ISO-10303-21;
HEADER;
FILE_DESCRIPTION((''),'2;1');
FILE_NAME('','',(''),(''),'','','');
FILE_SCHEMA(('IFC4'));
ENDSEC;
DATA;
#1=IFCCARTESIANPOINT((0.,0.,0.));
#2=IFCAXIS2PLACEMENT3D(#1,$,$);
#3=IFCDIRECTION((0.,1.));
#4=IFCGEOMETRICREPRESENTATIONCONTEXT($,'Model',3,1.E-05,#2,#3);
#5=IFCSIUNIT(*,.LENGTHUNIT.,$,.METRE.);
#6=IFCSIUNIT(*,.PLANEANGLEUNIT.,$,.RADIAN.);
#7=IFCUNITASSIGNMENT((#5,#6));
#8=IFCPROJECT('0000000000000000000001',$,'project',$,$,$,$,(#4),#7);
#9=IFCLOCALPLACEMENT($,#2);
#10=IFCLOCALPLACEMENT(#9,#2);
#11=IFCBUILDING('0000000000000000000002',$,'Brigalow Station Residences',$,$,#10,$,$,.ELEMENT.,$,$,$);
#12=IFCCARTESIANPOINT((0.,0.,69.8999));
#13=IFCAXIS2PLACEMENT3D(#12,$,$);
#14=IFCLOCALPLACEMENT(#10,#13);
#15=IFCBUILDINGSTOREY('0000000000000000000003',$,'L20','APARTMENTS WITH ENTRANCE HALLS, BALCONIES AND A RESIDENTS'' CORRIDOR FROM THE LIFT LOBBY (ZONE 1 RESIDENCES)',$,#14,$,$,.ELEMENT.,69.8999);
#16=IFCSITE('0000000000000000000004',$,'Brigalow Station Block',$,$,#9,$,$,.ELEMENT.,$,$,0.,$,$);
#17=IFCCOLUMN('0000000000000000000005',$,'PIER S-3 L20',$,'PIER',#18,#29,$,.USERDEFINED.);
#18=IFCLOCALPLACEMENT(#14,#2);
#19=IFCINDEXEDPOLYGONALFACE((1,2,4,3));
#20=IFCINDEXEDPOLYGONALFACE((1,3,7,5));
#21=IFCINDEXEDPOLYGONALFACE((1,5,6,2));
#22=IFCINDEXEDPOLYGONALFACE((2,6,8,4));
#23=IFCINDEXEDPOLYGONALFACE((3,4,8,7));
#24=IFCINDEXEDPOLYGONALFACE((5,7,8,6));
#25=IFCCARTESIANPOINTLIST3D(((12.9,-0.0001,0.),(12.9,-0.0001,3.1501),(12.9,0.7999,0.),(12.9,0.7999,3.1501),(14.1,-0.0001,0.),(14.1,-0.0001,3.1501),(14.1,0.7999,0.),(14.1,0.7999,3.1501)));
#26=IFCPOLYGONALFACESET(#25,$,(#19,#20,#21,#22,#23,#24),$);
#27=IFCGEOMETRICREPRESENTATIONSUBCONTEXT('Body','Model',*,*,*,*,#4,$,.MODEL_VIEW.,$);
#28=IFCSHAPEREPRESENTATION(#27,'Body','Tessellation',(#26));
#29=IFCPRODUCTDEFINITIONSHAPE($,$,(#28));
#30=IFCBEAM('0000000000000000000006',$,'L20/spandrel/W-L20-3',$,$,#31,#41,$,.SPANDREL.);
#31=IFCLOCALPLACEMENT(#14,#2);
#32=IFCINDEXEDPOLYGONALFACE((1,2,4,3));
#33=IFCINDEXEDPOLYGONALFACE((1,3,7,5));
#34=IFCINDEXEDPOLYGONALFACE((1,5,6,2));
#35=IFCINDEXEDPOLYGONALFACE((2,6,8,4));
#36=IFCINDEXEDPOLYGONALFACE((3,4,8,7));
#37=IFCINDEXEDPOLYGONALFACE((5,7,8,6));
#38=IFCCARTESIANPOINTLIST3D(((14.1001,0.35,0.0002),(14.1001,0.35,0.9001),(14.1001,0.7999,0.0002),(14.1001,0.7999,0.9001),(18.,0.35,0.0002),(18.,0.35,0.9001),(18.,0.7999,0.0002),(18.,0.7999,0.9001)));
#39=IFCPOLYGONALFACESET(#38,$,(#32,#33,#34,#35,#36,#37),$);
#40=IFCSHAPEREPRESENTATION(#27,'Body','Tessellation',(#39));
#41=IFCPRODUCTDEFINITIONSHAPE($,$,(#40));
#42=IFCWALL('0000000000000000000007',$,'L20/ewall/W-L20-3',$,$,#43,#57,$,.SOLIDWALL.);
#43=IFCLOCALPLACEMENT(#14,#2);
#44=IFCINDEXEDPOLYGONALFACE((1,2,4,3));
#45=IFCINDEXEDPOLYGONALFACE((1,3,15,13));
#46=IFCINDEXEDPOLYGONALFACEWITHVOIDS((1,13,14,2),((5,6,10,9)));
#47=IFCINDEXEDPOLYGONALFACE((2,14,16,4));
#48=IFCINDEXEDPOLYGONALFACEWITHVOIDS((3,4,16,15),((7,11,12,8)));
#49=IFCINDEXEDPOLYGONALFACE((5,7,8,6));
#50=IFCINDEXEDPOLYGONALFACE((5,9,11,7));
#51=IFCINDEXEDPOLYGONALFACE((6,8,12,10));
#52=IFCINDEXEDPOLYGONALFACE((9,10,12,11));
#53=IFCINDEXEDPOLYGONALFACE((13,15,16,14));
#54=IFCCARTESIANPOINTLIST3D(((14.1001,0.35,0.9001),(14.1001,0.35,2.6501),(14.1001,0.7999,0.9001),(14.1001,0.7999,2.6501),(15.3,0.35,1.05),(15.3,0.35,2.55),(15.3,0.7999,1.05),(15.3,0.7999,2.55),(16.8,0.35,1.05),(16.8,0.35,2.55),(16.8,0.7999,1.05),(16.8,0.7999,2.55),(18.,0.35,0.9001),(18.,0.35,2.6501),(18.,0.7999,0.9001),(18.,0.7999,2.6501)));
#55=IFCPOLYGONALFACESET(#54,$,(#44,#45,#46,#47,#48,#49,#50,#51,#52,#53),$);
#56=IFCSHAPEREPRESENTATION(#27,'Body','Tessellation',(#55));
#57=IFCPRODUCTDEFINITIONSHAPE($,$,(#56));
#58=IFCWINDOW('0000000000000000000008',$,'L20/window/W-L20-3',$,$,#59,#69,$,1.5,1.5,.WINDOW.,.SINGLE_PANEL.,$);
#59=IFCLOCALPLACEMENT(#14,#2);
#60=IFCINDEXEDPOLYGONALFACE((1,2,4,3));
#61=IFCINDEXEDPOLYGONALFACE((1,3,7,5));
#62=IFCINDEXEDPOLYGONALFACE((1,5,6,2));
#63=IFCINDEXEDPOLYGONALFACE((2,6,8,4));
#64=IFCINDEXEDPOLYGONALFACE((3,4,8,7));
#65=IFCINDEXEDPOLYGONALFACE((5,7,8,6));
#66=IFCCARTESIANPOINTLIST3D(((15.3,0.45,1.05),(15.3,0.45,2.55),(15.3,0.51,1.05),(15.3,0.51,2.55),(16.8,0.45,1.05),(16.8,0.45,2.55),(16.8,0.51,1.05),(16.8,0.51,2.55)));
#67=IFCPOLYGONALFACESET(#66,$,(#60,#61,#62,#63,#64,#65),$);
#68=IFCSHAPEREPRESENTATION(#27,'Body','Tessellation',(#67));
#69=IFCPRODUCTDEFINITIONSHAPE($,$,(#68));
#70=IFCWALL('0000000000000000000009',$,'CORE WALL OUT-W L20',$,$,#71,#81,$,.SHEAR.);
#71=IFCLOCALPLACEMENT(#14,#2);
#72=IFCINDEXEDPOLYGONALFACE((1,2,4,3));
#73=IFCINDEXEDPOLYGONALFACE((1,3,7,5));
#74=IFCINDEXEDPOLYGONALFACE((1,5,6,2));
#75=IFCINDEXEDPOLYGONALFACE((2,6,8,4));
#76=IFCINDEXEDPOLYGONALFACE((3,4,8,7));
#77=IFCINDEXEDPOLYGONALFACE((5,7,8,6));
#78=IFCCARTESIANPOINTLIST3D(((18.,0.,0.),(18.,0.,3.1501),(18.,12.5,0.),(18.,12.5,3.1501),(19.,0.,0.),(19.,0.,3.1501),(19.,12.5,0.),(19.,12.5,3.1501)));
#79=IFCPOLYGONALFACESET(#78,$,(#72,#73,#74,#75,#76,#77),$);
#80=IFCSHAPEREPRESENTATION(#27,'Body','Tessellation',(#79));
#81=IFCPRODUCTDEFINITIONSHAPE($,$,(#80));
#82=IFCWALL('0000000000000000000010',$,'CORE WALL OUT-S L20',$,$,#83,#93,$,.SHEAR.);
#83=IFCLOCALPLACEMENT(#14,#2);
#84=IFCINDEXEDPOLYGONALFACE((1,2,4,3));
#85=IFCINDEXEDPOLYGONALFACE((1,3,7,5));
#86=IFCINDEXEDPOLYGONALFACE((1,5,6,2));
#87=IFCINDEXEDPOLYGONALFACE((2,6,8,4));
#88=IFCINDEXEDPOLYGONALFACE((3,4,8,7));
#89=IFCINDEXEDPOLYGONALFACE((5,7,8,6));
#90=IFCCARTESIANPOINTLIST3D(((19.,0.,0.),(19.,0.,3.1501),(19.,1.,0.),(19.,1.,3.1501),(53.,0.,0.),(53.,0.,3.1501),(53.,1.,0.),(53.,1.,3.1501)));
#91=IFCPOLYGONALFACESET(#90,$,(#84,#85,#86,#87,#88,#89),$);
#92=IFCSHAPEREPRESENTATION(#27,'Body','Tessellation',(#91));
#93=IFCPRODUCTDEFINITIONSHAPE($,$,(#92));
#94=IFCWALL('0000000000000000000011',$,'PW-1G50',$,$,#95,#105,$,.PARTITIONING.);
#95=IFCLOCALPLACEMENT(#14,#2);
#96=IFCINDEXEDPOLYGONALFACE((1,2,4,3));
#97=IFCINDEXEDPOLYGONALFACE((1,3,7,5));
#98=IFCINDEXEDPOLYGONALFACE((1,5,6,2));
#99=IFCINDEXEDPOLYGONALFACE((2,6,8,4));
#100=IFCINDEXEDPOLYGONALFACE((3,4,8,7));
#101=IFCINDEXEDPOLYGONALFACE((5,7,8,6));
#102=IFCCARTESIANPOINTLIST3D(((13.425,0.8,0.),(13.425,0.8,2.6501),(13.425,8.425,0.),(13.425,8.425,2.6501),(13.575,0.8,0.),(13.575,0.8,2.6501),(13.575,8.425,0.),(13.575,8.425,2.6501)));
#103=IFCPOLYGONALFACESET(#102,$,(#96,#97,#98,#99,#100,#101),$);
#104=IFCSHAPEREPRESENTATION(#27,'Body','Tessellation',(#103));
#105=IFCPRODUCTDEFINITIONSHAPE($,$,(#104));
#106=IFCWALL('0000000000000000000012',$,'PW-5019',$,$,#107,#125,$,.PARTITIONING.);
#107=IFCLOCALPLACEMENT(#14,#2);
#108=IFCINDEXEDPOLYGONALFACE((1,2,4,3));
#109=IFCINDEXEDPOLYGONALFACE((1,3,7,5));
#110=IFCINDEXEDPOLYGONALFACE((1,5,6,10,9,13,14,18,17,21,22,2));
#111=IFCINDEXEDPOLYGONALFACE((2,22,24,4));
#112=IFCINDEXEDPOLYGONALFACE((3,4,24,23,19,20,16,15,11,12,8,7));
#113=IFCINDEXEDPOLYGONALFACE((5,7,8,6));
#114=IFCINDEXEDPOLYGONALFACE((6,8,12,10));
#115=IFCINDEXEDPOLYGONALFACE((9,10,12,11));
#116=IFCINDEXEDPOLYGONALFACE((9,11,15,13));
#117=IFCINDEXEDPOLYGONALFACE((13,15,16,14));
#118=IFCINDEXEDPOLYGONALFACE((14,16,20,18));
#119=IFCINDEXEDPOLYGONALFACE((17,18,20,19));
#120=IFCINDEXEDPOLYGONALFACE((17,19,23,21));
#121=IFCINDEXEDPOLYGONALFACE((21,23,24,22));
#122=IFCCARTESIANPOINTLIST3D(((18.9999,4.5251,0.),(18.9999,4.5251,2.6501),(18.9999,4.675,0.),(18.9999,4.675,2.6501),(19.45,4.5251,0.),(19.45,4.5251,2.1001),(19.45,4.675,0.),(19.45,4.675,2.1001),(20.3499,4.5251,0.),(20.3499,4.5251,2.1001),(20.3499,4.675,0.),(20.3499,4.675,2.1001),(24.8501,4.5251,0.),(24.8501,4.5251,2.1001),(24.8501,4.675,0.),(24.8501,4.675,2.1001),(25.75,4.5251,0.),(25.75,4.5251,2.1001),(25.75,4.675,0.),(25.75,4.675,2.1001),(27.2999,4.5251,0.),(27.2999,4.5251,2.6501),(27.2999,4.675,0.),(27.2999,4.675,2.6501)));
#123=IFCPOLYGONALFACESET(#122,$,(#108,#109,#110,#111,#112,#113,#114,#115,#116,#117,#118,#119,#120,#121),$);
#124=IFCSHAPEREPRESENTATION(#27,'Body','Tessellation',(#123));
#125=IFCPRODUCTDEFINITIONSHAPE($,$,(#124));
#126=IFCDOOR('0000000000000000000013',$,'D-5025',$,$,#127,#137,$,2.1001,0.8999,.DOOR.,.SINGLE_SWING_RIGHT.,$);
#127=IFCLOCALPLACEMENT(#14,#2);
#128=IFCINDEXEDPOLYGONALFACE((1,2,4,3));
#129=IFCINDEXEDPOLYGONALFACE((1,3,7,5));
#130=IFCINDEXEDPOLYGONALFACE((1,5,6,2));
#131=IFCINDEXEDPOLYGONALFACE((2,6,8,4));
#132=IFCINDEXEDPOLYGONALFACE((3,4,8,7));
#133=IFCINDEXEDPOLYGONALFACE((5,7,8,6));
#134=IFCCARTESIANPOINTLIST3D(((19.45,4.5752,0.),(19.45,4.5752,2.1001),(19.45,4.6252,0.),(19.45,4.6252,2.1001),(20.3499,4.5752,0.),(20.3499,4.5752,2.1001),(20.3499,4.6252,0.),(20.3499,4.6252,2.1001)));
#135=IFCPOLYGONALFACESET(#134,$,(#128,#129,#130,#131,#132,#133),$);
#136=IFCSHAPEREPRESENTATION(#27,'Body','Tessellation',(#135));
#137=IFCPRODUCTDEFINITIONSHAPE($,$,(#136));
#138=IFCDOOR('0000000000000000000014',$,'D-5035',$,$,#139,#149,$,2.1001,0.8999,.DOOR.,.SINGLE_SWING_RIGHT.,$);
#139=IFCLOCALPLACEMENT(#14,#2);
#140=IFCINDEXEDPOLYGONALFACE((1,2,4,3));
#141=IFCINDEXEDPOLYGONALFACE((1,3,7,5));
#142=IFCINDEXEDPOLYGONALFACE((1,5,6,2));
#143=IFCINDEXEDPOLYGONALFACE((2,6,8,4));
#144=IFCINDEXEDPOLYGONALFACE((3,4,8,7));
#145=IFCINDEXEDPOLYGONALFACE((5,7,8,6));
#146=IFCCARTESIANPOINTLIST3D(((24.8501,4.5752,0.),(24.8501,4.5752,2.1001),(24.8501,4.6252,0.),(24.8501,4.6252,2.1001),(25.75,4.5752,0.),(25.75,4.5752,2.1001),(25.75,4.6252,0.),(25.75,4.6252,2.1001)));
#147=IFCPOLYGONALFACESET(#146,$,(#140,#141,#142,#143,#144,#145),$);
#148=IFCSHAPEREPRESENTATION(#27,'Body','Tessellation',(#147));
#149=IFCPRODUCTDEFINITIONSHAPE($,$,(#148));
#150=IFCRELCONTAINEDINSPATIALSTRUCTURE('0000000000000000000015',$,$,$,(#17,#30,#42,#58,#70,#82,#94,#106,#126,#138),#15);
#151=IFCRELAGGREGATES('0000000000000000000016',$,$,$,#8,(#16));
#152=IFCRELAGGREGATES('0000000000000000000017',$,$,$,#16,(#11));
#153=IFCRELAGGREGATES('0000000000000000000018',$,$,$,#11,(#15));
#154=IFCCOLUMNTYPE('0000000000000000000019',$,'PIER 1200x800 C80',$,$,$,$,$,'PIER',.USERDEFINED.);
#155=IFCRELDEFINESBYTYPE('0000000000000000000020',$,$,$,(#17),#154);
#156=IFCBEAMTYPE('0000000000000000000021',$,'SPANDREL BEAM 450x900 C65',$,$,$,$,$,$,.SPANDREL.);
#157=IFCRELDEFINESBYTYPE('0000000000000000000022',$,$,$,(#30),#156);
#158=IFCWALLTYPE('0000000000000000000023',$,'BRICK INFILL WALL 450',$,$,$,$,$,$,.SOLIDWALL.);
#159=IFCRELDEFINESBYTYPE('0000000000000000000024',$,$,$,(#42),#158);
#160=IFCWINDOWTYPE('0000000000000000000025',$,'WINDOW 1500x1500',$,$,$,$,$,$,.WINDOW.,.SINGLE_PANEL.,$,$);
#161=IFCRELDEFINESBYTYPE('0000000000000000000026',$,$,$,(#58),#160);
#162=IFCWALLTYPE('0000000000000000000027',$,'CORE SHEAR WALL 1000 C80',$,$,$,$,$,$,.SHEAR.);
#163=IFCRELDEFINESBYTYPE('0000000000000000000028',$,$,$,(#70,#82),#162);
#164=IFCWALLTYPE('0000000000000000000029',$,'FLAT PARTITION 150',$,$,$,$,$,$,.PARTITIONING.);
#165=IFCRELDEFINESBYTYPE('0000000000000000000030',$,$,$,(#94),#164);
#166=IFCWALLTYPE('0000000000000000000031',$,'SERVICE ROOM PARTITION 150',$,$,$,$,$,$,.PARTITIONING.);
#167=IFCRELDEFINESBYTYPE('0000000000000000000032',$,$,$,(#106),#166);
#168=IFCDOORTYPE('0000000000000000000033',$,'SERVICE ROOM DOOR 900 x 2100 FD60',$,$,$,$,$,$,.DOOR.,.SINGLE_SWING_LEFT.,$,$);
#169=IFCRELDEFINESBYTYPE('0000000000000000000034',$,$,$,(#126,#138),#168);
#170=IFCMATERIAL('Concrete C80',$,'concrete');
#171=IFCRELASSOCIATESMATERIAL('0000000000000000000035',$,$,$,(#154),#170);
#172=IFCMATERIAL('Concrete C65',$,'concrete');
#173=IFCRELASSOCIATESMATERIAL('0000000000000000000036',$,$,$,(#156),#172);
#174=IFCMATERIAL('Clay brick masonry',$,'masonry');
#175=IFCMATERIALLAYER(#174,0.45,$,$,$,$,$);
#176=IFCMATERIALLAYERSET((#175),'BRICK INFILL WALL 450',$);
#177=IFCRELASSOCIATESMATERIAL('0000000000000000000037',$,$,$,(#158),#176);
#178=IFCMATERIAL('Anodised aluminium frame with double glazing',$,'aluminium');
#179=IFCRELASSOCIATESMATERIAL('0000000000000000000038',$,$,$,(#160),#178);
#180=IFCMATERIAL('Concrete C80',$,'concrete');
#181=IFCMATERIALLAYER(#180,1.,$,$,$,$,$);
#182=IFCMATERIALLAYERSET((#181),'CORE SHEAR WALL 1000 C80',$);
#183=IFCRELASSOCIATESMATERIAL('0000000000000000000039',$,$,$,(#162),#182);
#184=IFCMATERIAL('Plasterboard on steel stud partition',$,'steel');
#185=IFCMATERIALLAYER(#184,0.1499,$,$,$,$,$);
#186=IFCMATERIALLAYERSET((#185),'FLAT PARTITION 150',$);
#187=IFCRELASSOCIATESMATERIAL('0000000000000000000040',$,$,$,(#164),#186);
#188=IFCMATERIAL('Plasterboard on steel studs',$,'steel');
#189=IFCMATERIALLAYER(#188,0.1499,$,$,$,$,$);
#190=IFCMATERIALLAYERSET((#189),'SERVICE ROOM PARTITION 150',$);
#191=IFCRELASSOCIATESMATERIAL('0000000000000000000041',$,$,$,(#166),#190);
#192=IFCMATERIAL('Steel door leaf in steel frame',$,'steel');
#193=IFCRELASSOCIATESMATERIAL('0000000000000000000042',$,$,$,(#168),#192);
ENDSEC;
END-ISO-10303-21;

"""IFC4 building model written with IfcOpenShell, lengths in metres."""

from ifc_helpers import new_model, si_unit, direction, frame, frame_2d, origin, origin_2d, place, context, subcontext, project, spatial, rectangle, extrude, material, layer, layer_set, material_profile, profile_set, type_object, element, fill, save


model = new_model("IFC4")

# Units and contexts
model_context = context("Model", 3, precision=1e-05, world=origin(), true_north=direction((0.0, 1.0)))
body_context = subcontext(model_context, "Body", "Model", "MODEL_VIEW")
ifc_project = project(units=[si_unit("LENGTHUNIT", "METRE"), si_unit("PLANEANGLEUNIT", "RADIAN")], contexts=[model_context])

# Site, building, storey
site_placement = place(None, origin())
site = spatial("IfcSite", under=ifc_project, at=site_placement, Name="Brigalow Station Block", CompositionType="ELEMENT", RefElevation=0.0)
building_placement = place(site_placement, origin())
building = spatial("IfcBuilding", under=site, at=building_placement, Name="Brigalow Station Residences", CompositionType="ELEMENT")
storey_placement = place(building_placement, frame((0.0, 0.0, 69.8999)))
storey = spatial("IfcBuildingStorey", under=building, at=storey_placement, Name="L20", Description="APARTMENTS WITH ENTRANCE HALLS, BALCONIES AND A RESIDENTS' CORRIDOR FROM THE LIFT LOBBY (ZONE 1 RESIDENCES)", CompositionType="ELEMENT", Elevation=69.8999)

# Column
ifc_material_1 = material(Name="Concrete C80", Category="concrete")
ifc_material_profile_1 = material_profile(ifc_material_1, rectangle(XDim=1.2, YDim=0.8, at=origin_2d()), Name="RC1200x800")
ifc_profile_set_1 = profile_set([ifc_material_profile_1], Name="Concrete C80")
column_type = type_object("IfcColumnType", Name="PIER 1200x800 C80", ElementType="PIER", PredefinedType="USERDEFINED", material=ifc_profile_set_1)
column_placement = place(storey_placement, frame((13.5, 0.3999, 0.0), z_axis=(0.0, 0.0, 1.0), x_axis=(1.0, 0.0, 0.0)))
element("IfcColumn", 1, at=column_placement, inside=storey, type_object=column_type, Name="PIER S-3 L20", ObjectType="PIER", PredefinedType="USERDEFINED", context=body_context, shape_type="SweptSolid", body=[
    extrude(rectangle(XDim=1.2, YDim=0.8, at=origin_2d()), origin(), (0.0, 0.0, 1.0), 3.1501),
])

# Beam
ifc_material_2 = material(Name="Concrete C65", Category="concrete")
ifc_material_profile_2 = material_profile(ifc_material_2, rectangle(XDim=0.45, YDim=0.8999, at=origin_2d()), Name="RC450x900")
ifc_profile_set_2 = profile_set([ifc_material_profile_2], Name="Concrete C65")
beam_type = type_object("IfcBeamType", Name="SPANDREL BEAM 450x900 C65", PredefinedType="SPANDREL", material=ifc_profile_set_2)
beam_placement = place(storey_placement, frame((14.1001, 0.575, 0.4502), z_axis=(1.0, 0.0, 0.0), x_axis=(0.0, 1.0, 0.0)))
element("IfcBeam", 2, at=beam_placement, inside=storey, type_object=beam_type, Name="L20/spandrel/W-L20-3", PredefinedType="SPANDREL", context=body_context, shape_type="SweptSolid", body=[
    extrude(rectangle(XDim=0.45, YDim=0.8999, at=origin_2d()), origin(), (0.0, 0.0, 1.0), 3.8999),
])

# Wall, opening, window
ifc_material_3 = material(Name="Clay brick masonry", Category="masonry")
ifc_layer_1 = layer(ifc_material_3, 0.45)
ifc_layer_set_1 = layer_set([ifc_layer_1], Name="BRICK INFILL WALL 450")
wall_type_1 = type_object("IfcWallType", Name="BRICK INFILL WALL 450", PredefinedType="SOLIDWALL", material=ifc_layer_set_1)
wall_1_placement = place(storey_placement, frame((14.1001, 0.575, 0.9001), z_axis=(0.0, 0.0, 1.0), x_axis=(1.0, 0.0, 0.0)))
wall_1 = element("IfcWall", 3, at=wall_1_placement, inside=storey, type_object=wall_type_1, Name="L20/ewall/W-L20-3", PredefinedType="SOLIDWALL", context=body_context, shape_type="SweptSolid", body=[
    extrude(rectangle(XDim=3.8999, YDim=0.45, at=frame_2d((1.95, 0.0))), origin(), (0.0, 0.0, 1.0), 1.75),
])
opening_1_placement = place(wall_1_placement, frame((1.2, 0.0, 0.1499)))
opening_1 = element("IfcOpeningElement", 4, at=opening_1_placement, cuts=wall_1, PredefinedType="OPENING", context=body_context, shape_type="SweptSolid", body=[
    extrude(rectangle(XDim=1.5, YDim=1.5, at=frame_2d((0.75, 0.75))), frame((0.0, 0.2349, 0.0), z_axis=(0.0, -1.0, 0.0), x_axis=(1.0, 0.0, 0.0)), (0.0, 0.0, 1.0), 0.47),
])
ifc_material_4 = material(Name="Anodised aluminium frame with double glazing", Category="aluminium")
window_type = type_object("IfcWindowType", Name="WINDOW 1500x1500", PartitioningType="SINGLE_PANEL", PredefinedType="WINDOW", material=ifc_material_4)
window_placement = place(opening_1_placement, origin())
window = element("IfcWindow", 5, at=window_placement, inside=storey, type_object=window_type, Name="L20/window/W-L20-3", OverallHeight=1.5, OverallWidth=1.5, PartitioningType="SINGLE_PANEL", PredefinedType="WINDOW", context=body_context, shape_type="SweptSolid", body=[
    extrude(rectangle(XDim=1.5, YDim=1.5, at=frame_2d((0.75, 0.75))), frame((0.0, -0.0649, 0.0), z_axis=(0.0, -1.0, 0.0), x_axis=(1.0, 0.0, 0.0)), (0.0, 0.0, 1.0), 0.0601),
])
fill(opening_1, window)

# Walls
ifc_material_5 = material(Name="Concrete C80", Category="concrete")
ifc_layer_2 = layer(ifc_material_5, 1.0)
ifc_layer_set_2 = layer_set([ifc_layer_2], Name="CORE SHEAR WALL 1000 C80")
wall_type_2 = type_object("IfcWallType", Name="CORE SHEAR WALL 1000 C80", PredefinedType="SHEAR", material=ifc_layer_set_2)
wall_2_placement = place(storey_placement, frame((18.5, 0.0, 0.0), z_axis=(0.0, 0.0, 1.0), x_axis=(0.0, 1.0, 0.0)))
element("IfcWall", 6, at=wall_2_placement, inside=storey, type_object=wall_type_2, Name="CORE WALL OUT-W L20", PredefinedType="SHEAR", context=body_context, shape_type="SweptSolid", body=[
    extrude(rectangle(XDim=12.5, YDim=1.0, at=frame_2d((6.25, 0.0))), origin(), (0.0, 0.0, 1.0), 3.1501),
])
wall_3_placement = place(storey_placement, frame((19.0, 0.5, 0.0), z_axis=(0.0, 0.0, 1.0), x_axis=(1.0, 0.0, 0.0)))
element("IfcWall", 7, at=wall_3_placement, inside=storey, type_object=wall_type_2, Name="CORE WALL OUT-S L20", PredefinedType="SHEAR", context=body_context, shape_type="SweptSolid", body=[
    extrude(rectangle(XDim=34.0, YDim=1.0, at=frame_2d((17.0, 0.0))), origin(), (0.0, 0.0, 1.0), 3.1501),
])
ifc_material_6 = material(Name="Plasterboard on steel stud partition", Category="steel")
ifc_layer_3 = layer(ifc_material_6, 0.1499)
ifc_layer_set_3 = layer_set([ifc_layer_3], Name="FLAT PARTITION 150")
wall_type_3 = type_object("IfcWallType", Name="FLAT PARTITION 150", PredefinedType="PARTITIONING", material=ifc_layer_set_3)
wall_4_placement = place(storey_placement, frame((13.5, 0.8, 0.0), z_axis=(0.0, 0.0, 1.0), x_axis=(0.0, 1.0, 0.0)))
element("IfcWall", 8, at=wall_4_placement, inside=storey, type_object=wall_type_3, Name="PW-1G50", PredefinedType="PARTITIONING", context=body_context, shape_type="SweptSolid", body=[
    extrude(rectangle(XDim=7.625, YDim=0.1499, at=frame_2d((3.8125, 0.0))), origin(), (0.0, 0.0, 1.0), 2.6501),
])

# Wall, openings, doors
ifc_material_7 = material(Name="Plasterboard on steel studs", Category="steel")
ifc_layer_4 = layer(ifc_material_7, 0.1499)
ifc_layer_set_4 = layer_set([ifc_layer_4], Name="SERVICE ROOM PARTITION 150")
wall_type_4 = type_object("IfcWallType", Name="SERVICE ROOM PARTITION 150", PredefinedType="PARTITIONING", material=ifc_layer_set_4)
wall_5_placement = place(storey_placement, frame((19.0, 4.6001, 0.0), z_axis=(0.0, 0.0, 1.0), x_axis=(1.0, 0.0, 0.0)))
wall_5 = element("IfcWall", 9, at=wall_5_placement, inside=storey, type_object=wall_type_4, Name="PW-5019", PredefinedType="PARTITIONING", context=body_context, shape_type="SweptSolid", body=[
    extrude(rectangle(XDim=8.3, YDim=0.1499, at=frame_2d((4.1499, 0.0))), origin(), (0.0, 0.0, 1.0), 2.6501),
])
opening_2_placement = place(wall_5_placement, frame((0.45, 0.0, 0.0)))
opening_2 = element("IfcOpeningElement", 10, at=opening_2_placement, cuts=wall_5, PredefinedType="OPENING", context=body_context, shape_type="SweptSolid", body=[
    extrude(rectangle(XDim=0.8999, YDim=2.1001, at=frame_2d((0.45, 1.05))), frame((0.0, 0.085, 0.0), z_axis=(0.0, -1.0, 0.0), x_axis=(1.0, 0.0, 0.0)), (0.0, 0.0, 1.0), 0.1699),
])
opening_3_placement = place(wall_5_placement, frame((5.8501, 0.0, 0.0)))
opening_3 = element("IfcOpeningElement", 11, at=opening_3_placement, cuts=wall_5, PredefinedType="OPENING", context=body_context, shape_type="SweptSolid", body=[
    extrude(rectangle(XDim=0.8999, YDim=2.1001, at=frame_2d((0.45, 1.05))), frame((0.0, 0.085, 0.0), z_axis=(0.0, -1.0, 0.0), x_axis=(1.0, 0.0, 0.0)), (0.0, 0.0, 1.0), 0.1699),
])
ifc_material_8 = material(Name="Steel door leaf in steel frame", Category="steel")
door_type = type_object("IfcDoorType", Name="SERVICE ROOM DOOR 900 x 2100 FD60", OperationType="SINGLE_SWING_LEFT", PredefinedType="DOOR", material=ifc_material_8)
door_1_placement = place(opening_2_placement, frame((0.8999, 0.0, 0.0), z_axis=(0.0, 0.0, 1.0), x_axis=(-1.0, 0.0, 0.0)))
door_1 = element("IfcDoor", 12, at=door_1_placement, inside=storey, type_object=door_type, Name="D-5025", OperationType="SINGLE_SWING_RIGHT", OverallHeight=2.1001, OverallWidth=0.8999, PredefinedType="DOOR", context=body_context, shape_type="SweptSolid", body=[
    extrude(rectangle(XDim=0.8999, YDim=2.1001, at=frame_2d((0.45, 1.05))), frame((0.0, 0.0249, 0.0), z_axis=(0.0, -1.0, 0.0), x_axis=(1.0, 0.0, 0.0)), (0.0, 0.0, 1.0), 0.05),
])
fill(opening_2, door_1)
door_2_placement = place(opening_3_placement, frame((0.8999, 0.0, 0.0), z_axis=(0.0, 0.0, 1.0), x_axis=(-1.0, 0.0, 0.0)))
door_2 = element("IfcDoor", 13, at=door_2_placement, inside=storey, type_object=door_type, Name="D-5035", OperationType="SINGLE_SWING_RIGHT", OverallHeight=2.1001, OverallWidth=0.8999, PredefinedType="DOOR", context=body_context, shape_type="SweptSolid", body=[
    extrude(rectangle(XDim=0.8999, YDim=2.1001, at=frame_2d((0.45, 1.05))), frame((0.0, 0.0249, 0.0), z_axis=(0.0, -1.0, 0.0), x_axis=(1.0, 0.0, 0.0)), (0.0, 0.0, 1.0), 0.05),
])
fill(opening_3, door_2)

save(model, "model.ifc")
